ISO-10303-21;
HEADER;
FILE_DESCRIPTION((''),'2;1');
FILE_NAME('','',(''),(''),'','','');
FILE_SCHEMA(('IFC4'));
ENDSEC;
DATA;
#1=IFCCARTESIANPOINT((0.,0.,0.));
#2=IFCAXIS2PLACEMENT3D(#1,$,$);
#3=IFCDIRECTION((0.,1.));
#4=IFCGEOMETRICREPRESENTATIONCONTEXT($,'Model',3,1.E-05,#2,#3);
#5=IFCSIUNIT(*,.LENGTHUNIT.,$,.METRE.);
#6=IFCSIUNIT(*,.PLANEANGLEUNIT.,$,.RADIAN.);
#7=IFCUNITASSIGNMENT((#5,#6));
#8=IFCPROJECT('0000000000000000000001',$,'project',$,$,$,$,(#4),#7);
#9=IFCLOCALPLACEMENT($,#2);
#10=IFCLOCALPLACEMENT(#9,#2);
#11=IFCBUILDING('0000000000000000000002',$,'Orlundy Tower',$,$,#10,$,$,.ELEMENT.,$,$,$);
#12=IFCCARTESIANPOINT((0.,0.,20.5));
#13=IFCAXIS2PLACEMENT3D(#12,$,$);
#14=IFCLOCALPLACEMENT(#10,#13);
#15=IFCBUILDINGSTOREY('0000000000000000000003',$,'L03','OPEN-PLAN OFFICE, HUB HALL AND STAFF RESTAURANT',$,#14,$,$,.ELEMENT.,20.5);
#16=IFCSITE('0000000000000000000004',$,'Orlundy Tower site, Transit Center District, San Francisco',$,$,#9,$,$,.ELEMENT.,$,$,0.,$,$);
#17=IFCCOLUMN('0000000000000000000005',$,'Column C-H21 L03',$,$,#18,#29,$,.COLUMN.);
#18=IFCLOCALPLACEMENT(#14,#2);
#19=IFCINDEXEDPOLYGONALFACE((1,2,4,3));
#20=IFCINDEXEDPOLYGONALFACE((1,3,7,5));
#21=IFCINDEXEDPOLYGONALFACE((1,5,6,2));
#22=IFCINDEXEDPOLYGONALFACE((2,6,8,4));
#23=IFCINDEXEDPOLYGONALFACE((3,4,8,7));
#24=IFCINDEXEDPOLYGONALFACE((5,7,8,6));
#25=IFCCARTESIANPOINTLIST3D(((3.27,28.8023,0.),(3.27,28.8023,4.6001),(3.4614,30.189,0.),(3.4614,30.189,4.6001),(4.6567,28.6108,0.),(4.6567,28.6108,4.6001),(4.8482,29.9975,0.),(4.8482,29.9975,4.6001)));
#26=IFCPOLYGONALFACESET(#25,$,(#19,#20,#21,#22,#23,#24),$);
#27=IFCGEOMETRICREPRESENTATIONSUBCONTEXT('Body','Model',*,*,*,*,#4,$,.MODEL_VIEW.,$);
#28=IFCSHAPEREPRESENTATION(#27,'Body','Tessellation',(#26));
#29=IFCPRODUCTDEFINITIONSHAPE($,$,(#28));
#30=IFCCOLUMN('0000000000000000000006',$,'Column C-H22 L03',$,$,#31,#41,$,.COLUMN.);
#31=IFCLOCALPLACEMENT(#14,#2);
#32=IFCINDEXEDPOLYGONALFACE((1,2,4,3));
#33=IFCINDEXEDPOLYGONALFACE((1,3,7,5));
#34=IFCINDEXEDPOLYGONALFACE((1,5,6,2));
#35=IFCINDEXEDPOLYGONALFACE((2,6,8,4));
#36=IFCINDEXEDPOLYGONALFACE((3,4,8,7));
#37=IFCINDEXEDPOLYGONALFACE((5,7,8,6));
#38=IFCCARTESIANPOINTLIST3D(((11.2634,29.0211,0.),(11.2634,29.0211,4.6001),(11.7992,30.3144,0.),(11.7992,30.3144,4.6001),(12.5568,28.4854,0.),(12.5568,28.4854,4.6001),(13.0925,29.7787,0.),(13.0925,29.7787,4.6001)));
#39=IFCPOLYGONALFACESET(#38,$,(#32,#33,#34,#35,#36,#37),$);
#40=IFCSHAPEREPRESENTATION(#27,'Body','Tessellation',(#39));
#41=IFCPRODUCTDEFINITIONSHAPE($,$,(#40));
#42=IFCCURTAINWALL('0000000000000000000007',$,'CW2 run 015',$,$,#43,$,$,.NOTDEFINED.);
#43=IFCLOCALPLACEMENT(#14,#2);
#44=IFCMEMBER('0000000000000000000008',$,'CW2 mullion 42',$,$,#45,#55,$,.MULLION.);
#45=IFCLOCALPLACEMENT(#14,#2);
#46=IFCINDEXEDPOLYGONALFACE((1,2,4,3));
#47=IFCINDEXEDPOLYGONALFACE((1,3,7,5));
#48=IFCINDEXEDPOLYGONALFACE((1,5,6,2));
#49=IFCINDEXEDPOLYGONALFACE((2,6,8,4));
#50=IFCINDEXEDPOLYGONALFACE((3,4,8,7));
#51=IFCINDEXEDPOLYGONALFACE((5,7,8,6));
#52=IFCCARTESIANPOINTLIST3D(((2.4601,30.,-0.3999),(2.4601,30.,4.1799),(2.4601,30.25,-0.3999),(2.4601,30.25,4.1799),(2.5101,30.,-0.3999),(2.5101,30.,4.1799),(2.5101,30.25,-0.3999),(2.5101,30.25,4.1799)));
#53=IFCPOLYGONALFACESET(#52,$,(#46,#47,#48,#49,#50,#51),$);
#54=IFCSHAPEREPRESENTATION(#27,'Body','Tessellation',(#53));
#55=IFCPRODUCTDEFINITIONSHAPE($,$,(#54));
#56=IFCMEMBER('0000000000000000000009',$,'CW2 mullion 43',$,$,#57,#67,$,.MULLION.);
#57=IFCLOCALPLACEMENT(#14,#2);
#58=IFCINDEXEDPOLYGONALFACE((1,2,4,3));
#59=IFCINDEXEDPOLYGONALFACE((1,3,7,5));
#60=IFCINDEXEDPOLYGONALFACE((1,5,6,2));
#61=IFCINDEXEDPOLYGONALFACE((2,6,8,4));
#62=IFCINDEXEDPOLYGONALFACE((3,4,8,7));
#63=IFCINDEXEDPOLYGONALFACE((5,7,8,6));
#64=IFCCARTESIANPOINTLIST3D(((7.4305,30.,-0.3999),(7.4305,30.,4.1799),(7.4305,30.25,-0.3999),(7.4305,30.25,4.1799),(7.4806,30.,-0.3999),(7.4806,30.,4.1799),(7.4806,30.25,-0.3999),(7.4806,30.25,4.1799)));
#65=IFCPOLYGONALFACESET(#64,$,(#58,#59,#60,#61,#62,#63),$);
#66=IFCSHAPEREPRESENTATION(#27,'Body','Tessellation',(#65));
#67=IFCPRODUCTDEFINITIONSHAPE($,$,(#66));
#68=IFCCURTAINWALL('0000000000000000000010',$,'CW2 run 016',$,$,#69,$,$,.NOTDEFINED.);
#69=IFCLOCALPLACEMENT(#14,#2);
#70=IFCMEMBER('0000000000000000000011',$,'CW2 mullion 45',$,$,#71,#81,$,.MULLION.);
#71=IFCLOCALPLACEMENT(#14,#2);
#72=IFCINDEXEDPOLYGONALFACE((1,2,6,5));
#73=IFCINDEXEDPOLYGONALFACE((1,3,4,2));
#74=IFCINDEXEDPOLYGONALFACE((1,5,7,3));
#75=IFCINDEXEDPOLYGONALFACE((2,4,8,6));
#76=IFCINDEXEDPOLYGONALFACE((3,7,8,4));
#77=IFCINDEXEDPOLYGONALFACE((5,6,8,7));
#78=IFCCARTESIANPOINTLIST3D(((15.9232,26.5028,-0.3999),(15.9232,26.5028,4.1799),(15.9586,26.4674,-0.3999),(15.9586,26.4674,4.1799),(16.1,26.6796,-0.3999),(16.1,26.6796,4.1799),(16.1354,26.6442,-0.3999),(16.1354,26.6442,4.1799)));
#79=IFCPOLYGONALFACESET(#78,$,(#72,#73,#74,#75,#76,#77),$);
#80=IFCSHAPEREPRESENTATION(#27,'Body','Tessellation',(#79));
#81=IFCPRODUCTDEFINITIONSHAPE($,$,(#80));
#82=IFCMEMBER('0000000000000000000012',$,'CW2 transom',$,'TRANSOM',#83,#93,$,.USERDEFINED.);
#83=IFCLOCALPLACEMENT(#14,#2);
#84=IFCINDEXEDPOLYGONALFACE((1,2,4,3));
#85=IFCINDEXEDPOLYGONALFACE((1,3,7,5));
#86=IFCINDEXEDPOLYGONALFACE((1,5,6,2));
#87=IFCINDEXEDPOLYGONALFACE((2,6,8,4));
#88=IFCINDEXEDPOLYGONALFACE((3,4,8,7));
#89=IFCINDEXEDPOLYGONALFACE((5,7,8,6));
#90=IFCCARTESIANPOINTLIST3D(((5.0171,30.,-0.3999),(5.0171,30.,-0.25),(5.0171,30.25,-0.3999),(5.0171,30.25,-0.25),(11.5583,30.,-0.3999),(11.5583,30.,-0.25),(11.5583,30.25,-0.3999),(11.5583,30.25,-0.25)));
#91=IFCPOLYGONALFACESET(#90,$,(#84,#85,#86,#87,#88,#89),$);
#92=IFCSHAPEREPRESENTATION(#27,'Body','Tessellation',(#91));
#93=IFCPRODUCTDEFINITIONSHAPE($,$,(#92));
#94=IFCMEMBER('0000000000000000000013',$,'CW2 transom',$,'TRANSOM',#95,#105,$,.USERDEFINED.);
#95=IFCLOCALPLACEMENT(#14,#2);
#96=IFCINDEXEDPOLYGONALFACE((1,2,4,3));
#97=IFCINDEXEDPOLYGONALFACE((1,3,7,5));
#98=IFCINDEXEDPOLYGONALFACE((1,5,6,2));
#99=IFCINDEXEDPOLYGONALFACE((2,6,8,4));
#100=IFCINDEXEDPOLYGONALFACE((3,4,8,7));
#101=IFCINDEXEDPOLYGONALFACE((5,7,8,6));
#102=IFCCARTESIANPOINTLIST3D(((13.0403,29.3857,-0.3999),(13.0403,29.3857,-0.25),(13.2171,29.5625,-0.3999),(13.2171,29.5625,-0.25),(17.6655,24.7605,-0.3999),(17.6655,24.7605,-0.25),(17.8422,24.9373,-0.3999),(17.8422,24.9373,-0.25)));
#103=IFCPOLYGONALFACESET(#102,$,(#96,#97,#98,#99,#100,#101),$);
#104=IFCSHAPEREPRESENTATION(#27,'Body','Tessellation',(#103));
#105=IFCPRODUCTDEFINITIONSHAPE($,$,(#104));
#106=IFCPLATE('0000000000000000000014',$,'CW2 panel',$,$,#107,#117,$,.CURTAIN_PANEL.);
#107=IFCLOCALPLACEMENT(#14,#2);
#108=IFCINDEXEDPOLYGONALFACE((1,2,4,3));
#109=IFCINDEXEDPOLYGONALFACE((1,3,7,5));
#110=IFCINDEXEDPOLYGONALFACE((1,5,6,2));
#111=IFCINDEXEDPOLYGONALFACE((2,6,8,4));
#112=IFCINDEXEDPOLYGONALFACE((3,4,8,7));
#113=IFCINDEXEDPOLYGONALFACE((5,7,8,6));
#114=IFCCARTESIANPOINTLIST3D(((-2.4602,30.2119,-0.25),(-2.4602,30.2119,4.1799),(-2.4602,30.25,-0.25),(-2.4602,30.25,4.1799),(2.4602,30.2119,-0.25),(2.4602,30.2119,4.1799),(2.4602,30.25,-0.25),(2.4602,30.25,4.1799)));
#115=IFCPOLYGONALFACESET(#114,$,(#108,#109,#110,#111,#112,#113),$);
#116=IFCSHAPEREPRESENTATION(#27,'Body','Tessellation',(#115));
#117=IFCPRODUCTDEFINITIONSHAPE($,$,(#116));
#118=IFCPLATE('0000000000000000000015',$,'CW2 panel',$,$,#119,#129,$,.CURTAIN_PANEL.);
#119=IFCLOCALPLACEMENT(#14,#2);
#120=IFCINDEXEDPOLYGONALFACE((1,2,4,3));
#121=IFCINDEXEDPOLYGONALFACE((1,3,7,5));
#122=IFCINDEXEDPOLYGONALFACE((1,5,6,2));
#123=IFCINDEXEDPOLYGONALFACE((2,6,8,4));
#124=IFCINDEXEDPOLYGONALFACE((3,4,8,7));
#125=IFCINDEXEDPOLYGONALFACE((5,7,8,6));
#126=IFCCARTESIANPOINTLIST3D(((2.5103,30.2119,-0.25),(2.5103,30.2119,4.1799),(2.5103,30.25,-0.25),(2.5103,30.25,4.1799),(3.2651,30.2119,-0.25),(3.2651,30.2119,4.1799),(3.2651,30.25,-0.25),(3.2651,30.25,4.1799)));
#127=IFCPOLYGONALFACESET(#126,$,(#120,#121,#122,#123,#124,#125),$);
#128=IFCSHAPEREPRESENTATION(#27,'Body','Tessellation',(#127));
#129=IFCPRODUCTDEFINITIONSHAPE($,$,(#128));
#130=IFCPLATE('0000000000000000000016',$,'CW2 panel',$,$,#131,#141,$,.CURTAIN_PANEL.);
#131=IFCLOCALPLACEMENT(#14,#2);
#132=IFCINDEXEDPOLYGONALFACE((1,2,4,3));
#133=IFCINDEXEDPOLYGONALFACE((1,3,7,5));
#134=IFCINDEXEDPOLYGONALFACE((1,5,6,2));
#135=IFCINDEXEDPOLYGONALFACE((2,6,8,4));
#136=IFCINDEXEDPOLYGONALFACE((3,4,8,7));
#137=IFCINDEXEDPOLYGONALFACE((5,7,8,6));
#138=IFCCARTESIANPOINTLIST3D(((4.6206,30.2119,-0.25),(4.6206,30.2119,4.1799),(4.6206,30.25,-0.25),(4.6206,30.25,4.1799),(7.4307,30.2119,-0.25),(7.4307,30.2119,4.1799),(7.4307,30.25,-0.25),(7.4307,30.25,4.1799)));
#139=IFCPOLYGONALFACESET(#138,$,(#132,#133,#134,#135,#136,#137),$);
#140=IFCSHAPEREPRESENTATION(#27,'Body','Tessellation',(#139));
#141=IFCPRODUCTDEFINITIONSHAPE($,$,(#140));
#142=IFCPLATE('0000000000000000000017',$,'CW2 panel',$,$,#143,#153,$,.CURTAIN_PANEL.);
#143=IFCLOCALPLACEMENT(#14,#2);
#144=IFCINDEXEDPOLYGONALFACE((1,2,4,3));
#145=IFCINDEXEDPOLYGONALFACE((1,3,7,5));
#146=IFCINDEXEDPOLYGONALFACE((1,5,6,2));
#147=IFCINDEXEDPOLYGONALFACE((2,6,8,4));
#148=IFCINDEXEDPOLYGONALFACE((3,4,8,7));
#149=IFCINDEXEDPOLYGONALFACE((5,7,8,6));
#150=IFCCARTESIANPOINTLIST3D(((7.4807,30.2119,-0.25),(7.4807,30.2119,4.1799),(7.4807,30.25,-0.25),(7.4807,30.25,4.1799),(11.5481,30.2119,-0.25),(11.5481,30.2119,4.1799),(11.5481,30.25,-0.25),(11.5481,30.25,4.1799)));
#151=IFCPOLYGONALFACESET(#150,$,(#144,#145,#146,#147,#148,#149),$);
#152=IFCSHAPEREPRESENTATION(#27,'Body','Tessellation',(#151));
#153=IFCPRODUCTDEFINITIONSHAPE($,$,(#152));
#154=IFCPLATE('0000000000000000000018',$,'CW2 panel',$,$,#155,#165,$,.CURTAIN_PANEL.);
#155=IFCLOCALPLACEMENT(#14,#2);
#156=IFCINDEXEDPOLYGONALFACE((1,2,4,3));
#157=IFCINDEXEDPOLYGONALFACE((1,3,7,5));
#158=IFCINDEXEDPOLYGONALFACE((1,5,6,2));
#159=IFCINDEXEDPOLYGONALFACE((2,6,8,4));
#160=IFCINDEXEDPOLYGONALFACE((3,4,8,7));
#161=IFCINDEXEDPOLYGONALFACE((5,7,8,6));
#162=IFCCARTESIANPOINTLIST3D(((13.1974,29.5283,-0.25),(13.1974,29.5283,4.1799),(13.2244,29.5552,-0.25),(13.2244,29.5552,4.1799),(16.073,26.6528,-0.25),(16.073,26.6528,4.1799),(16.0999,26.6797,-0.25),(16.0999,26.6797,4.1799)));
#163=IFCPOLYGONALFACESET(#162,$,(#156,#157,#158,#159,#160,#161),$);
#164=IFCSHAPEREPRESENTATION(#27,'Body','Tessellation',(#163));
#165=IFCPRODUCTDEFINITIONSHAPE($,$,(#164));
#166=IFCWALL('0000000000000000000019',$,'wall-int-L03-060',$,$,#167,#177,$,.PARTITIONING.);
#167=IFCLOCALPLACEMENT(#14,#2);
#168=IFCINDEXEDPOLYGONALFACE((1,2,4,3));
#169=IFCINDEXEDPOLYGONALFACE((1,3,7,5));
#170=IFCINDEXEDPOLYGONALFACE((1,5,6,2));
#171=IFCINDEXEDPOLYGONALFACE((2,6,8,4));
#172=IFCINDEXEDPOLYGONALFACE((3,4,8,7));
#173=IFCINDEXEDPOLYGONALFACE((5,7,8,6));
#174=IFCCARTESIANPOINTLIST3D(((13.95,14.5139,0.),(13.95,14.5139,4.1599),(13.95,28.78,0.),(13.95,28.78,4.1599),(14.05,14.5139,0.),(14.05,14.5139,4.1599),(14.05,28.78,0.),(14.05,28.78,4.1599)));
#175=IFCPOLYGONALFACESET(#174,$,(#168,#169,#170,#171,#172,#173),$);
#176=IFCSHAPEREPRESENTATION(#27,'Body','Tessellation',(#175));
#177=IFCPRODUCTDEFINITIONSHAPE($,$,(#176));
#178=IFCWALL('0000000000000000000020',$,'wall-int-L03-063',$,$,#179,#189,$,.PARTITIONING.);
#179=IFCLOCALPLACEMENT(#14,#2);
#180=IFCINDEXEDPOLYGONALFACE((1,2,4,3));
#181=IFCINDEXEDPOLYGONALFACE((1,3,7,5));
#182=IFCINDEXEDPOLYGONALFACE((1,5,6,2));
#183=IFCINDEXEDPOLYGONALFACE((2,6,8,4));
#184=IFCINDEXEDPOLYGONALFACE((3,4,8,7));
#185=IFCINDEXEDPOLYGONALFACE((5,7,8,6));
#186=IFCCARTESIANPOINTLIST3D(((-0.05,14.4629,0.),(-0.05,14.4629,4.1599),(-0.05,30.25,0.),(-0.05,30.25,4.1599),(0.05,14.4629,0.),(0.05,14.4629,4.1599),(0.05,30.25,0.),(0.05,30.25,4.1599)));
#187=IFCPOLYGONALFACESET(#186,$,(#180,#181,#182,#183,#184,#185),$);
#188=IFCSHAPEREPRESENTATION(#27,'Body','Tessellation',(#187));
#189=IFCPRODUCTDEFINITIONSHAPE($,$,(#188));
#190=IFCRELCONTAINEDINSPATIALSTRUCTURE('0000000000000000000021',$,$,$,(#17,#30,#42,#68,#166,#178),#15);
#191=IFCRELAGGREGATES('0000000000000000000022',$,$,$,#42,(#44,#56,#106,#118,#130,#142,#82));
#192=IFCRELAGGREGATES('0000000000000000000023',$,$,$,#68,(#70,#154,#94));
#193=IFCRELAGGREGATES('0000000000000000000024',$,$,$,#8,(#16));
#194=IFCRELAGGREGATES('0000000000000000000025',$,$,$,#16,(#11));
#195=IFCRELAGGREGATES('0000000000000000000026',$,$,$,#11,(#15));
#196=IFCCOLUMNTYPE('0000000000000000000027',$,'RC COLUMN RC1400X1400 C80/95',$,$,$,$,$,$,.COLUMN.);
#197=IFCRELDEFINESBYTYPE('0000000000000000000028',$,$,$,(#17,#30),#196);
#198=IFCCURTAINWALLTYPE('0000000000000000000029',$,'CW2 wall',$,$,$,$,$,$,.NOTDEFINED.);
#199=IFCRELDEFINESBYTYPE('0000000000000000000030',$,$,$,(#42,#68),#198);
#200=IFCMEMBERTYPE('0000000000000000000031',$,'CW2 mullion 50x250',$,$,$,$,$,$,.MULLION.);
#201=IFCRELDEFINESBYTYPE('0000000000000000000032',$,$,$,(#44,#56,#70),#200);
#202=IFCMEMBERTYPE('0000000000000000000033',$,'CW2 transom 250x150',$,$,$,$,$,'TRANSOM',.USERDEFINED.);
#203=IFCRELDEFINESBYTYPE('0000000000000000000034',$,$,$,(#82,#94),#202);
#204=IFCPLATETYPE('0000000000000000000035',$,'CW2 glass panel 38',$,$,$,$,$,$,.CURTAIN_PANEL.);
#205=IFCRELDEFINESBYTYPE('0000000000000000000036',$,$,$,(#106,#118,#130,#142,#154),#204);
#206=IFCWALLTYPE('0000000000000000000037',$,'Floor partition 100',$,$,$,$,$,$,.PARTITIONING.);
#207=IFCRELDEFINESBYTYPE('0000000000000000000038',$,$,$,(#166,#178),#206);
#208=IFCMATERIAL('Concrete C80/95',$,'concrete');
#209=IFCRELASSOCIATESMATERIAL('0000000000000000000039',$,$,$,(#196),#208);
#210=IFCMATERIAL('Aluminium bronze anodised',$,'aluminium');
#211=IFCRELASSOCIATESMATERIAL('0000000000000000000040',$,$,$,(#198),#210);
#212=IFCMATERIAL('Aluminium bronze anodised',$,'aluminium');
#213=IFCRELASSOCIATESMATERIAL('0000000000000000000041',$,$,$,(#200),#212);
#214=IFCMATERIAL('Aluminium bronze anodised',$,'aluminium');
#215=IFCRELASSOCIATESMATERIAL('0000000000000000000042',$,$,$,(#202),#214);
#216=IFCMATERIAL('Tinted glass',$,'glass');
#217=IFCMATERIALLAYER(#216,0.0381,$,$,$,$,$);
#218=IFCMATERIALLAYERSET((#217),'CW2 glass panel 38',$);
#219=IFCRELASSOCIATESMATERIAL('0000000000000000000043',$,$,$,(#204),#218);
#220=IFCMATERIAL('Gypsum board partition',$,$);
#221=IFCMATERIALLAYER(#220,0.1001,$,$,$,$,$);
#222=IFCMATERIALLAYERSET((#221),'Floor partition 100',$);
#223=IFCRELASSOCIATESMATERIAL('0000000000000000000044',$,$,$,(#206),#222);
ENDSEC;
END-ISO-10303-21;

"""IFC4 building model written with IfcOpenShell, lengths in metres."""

from ifc_helpers import new_model, si_unit, direction, frame, frame_2d, origin, origin_2d, place, context, subcontext, project, spatial, rectangle, extrude, material, layer, layer_set, material_profile, profile_set, type_object, element, aggregate, save


model = new_model("IFC4")

# Units and contexts
model_context = context("Model", 3, precision=1e-05, world=origin(), true_north=direction((0.0, 1.0)))
body_context = subcontext(model_context, "Body", "Model", "MODEL_VIEW")
ifc_project = project(units=[si_unit("LENGTHUNIT", "METRE"), si_unit("PLANEANGLEUNIT", "RADIAN")], contexts=[model_context])

# Site, building, storey
site_placement = place(None, origin())
site = spatial("IfcSite", under=ifc_project, at=site_placement, Name="Orlundy Tower site, Transit Center District, San Francisco", CompositionType="ELEMENT", RefElevation=0.0)
building_placement = place(site_placement, origin())
building = spatial("IfcBuilding", under=site, at=building_placement, Name="Orlundy Tower", CompositionType="ELEMENT")
storey_placement = place(building_placement, frame((0.0, 0.0, 20.5)))
storey = spatial("IfcBuildingStorey", under=building, at=storey_placement, Name="L03", Description="OPEN-PLAN OFFICE, HUB HALL AND STAFF RESTAURANT", CompositionType="ELEMENT", Elevation=20.5)

# Columns
ifc_material_1 = material(Name="Concrete C80/95", Category="concrete")
ifc_material_profile_1 = material_profile(ifc_material_1, rectangle(XDim=1.3999, YDim=1.3999, at=origin_2d()), Name="RC1400X1400")
ifc_profile_set_1 = profile_set([ifc_material_profile_1], Name="Concrete C80/95")
column_type = type_object("IfcColumnType", Name="RC COLUMN RC1400X1400 C80/95", PredefinedType="COLUMN", material=ifc_profile_set_1)
for number, where, z_axis, x_axis, name in (
    (1, (4.0591, 29.3999, 0.0), (0.0, 0.0, 1.0), (0.13677, 0.990603, 0.0), "Column C-H21 L03"),
    (2, (12.178, 29.3999, 0.0), (0.0, 0.0, 1.0), (0.382683, 0.92388, 0.0), "Column C-H22 L03"),
):
    element("IfcColumn", number, at=place(storey_placement, frame(where, z_axis=z_axis, x_axis=x_axis)), inside=storey, type_object=column_type, Name=name, PredefinedType="COLUMN", context=body_context, shape_type="SweptSolid", body=[
        extrude(rectangle(XDim=1.3999, YDim=1.3999, at=origin_2d()), origin(), (0.0, 0.0, 1.0), 4.6001),
    ])

# Curtain wall, members
ifc_material_2 = material(Name="Aluminium bronze anodised", Category="aluminium")
curtain_wall_type = type_object("IfcCurtainWallType", Name="CW2 wall", PredefinedType="NOTDEFINED", material=ifc_material_2)
curtain_wall_1_placement = place(storey_placement, origin())
curtain_wall_1 = element("IfcCurtainWall", 3, at=curtain_wall_1_placement, inside=storey, type_object=curtain_wall_type, Name="CW2 run 015", PredefinedType="NOTDEFINED")
ifc_material_3 = material(Name="Aluminium bronze anodised", Category="aluminium")
ifc_material_profile_2 = material_profile(ifc_material_3, rectangle(XDim=0.25, YDim=0.05, at=origin_2d()), Name="CW2 mullion 50x250")
ifc_profile_set_2 = profile_set([ifc_material_profile_2], Name="Aluminium bronze anodised")
member_type_1 = type_object("IfcMemberType", Name="CW2 mullion 50x250", PredefinedType="MULLION", material=ifc_profile_set_2)
member_1_placement = place(storey_placement, frame((2.4851, 30.125, -0.3999), z_axis=(0.0, 0.0, 1.0), x_axis=(0.0, 1.0, 0.0)))
member_1 = element("IfcMember", 4, at=member_1_placement, type_object=member_type_1, Name="CW2 mullion 42", PredefinedType="MULLION", context=body_context, shape_type="SweptSolid", body=[
    extrude(rectangle(XDim=0.25, YDim=0.05, at=origin_2d()), origin(), (0.0, 0.0, 1.0), 4.5798),
])
member_2_placement = place(storey_placement, frame((7.4556, 30.125, -0.3999), z_axis=(0.0, 0.0, 1.0), x_axis=(0.0, 1.0, 0.0)))
member_2 = element("IfcMember", 5, at=member_2_placement, type_object=member_type_1, Name="CW2 mullion 43", PredefinedType="MULLION", context=body_context, shape_type="SweptSolid", body=[
    extrude(rectangle(XDim=0.25, YDim=0.05, at=origin_2d()), origin(), (0.0, 0.0, 1.0), 4.5798),
])

# Curtain wall, member
curtain_wall_2_placement = place(storey_placement, origin())
curtain_wall_2 = element("IfcCurtainWall", 6, at=curtain_wall_2_placement, inside=storey, type_object=curtain_wall_type, Name="CW2 run 016", PredefinedType="NOTDEFINED")
member_3_placement = place(storey_placement, frame((16.0293, 26.5735, -0.3999), z_axis=(0.0, 0.0, 1.0), x_axis=(0.707107, 0.707107, 0.0)))
member_3 = element("IfcMember", 7, at=member_3_placement, type_object=member_type_1, Name="CW2 mullion 45", PredefinedType="MULLION", context=body_context, shape_type="SweptSolid", body=[
    extrude(rectangle(XDim=0.25, YDim=0.05, at=origin_2d()), origin(), (0.0, 0.0, 1.0), 4.5798),
])

# Members
ifc_material_4 = material(Name="Aluminium bronze anodised", Category="aluminium")
ifc_material_profile_3 = material_profile(ifc_material_4, rectangle(XDim=0.25, YDim=0.1499, at=origin_2d()), Name="CW2 transom 250x150")
ifc_profile_set_3 = profile_set([ifc_material_profile_3], Name="Aluminium bronze anodised")
member_type_2 = type_object("IfcMemberType", Name="CW2 transom 250x150", ElementType="TRANSOM", PredefinedType="USERDEFINED", material=ifc_profile_set_3)
member_4_placement = place(storey_placement, frame((5.0171, 30.125, -0.325), z_axis=(1.0, 0.0, 0.0), x_axis=(0.0, 1.0, 0.0)))
member_4 = element("IfcMember", 8, at=member_4_placement, type_object=member_type_2, Name="CW2 transom", ObjectType="TRANSOM", PredefinedType="USERDEFINED", context=body_context, shape_type="SweptSolid", body=[
    extrude(rectangle(XDim=0.25, YDim=0.1499, at=origin_2d()), origin(), (0.0, 0.0, 1.0), 6.5413),
])
member_5_placement = place(storey_placement, frame((13.1287, 29.4741, -0.325), z_axis=(0.707107, -0.707107, 0.0), x_axis=(0.707107, 0.707107, 0.0)))
member_5 = element("IfcMember", 9, at=member_5_placement, type_object=member_type_2, Name="CW2 transom", ObjectType="TRANSOM", PredefinedType="USERDEFINED", context=body_context, shape_type="SweptSolid", body=[
    extrude(rectangle(XDim=0.25, YDim=0.1499, at=origin_2d()), origin(), (0.0, 0.0, 1.0), 6.541),
])

# Plates
ifc_material_5 = material(Name="Tinted glass", Category="glass")
ifc_layer_1 = layer(ifc_material_5, 0.0381)
ifc_layer_set_1 = layer_set([ifc_layer_1], Name="CW2 glass panel 38")
plate_type = type_object("IfcPlateType", Name="CW2 glass panel 38", PredefinedType="CURTAIN_PANEL", material=ifc_layer_set_1)
plate_1_placement = place(storey_placement, frame((0.0, 30.231, -0.25), z_axis=(0.0, 0.0, 1.0), x_axis=(1.0, 0.0, 0.0)))
plate_1 = element("IfcPlate", 10, at=plate_1_placement, type_object=plate_type, Name="CW2 panel", PredefinedType="CURTAIN_PANEL", context=body_context, shape_type="SweptSolid", body=[
    extrude(rectangle(XDim=4.9204, YDim=0.0381, at=origin_2d()), origin(), (0.0, 0.0, 1.0), 4.4299),
])
plate_2_placement = place(storey_placement, frame((2.8877, 30.231, -0.25), z_axis=(0.0, 0.0, 1.0), x_axis=(1.0, 0.0, 0.0)))
plate_2 = element("IfcPlate", 11, at=plate_2_placement, type_object=plate_type, Name="CW2 panel", PredefinedType="CURTAIN_PANEL", context=body_context, shape_type="SweptSolid", body=[
    extrude(rectangle(XDim=0.7549, YDim=0.0381, at=origin_2d()), origin(), (0.0, 0.0, 1.0), 4.4299),
])
plate_3_placement = place(storey_placement, frame((6.0256, 30.231, -0.25), z_axis=(0.0, 0.0, 1.0), x_axis=(1.0, 0.0, 0.0)))
plate_3 = element("IfcPlate", 12, at=plate_3_placement, type_object=plate_type, Name="CW2 panel", PredefinedType="CURTAIN_PANEL", context=body_context, shape_type="SweptSolid", body=[
    extrude(rectangle(XDim=2.8101, YDim=0.0381, at=origin_2d()), origin(), (0.0, 0.0, 1.0), 4.4299),
])
plate_4_placement = place(storey_placement, frame((9.5144, 30.231, -0.25), z_axis=(0.0, 0.0, 1.0), x_axis=(1.0, 0.0, 0.0)))
plate_4 = element("IfcPlate", 13, at=plate_4_placement, type_object=plate_type, Name="CW2 panel", PredefinedType="CURTAIN_PANEL", context=body_context, shape_type="SweptSolid", body=[
    extrude(rectangle(XDim=4.0674, YDim=0.0381, at=origin_2d()), origin(), (0.0, 0.0, 1.0), 4.4299),
])
aggregate(curtain_wall_1, [member_1, member_2, plate_1, plate_2, plate_3, plate_4, member_4])
plate_5_placement = place(storey_placement, frame((14.6487, 28.104, -0.25), z_axis=(0.0, 0.0, 1.0), x_axis=(0.707107, -0.707107, 0.0)))
plate_5 = element("IfcPlate", 14, at=plate_5_placement, type_object=plate_type, Name="CW2 panel", PredefinedType="CURTAIN_PANEL", context=body_context, shape_type="SweptSolid", body=[
    extrude(rectangle(XDim=4.0667, YDim=0.0381, at=origin_2d()), origin(), (0.0, 0.0, 1.0), 4.4299),
])
aggregate(curtain_wall_2, [member_3, plate_5, member_5])

# Walls
ifc_material_6 = material(Name="Gypsum board partition")
ifc_layer_2 = layer(ifc_material_6, 0.1001)
ifc_layer_set_2 = layer_set([ifc_layer_2], Name="Floor partition 100")
wall_type_1 = type_object("IfcWallType", Name="Floor partition 100", PredefinedType="PARTITIONING", material=ifc_layer_set_2)
wall_1_placement = place(storey_placement, frame((14.0, 14.5139, 0.0), z_axis=(0.0, 0.0, 1.0), x_axis=(0.0, 1.0, 0.0)))
element("IfcWall", 15, at=wall_1_placement, inside=storey, type_object=wall_type_1, Name="wall-int-L03-060", PredefinedType="PARTITIONING", context=body_context, shape_type="SweptSolid", body=[
    extrude(rectangle(XDim=14.2661, YDim=0.1001, at=frame_2d((7.1331, 0.0))), origin(), (0.0, 0.0, 1.0), 4.1599),
])
wall_2_placement = place(storey_placement, frame((0.0, 14.4629, 0.0), z_axis=(0.0, 0.0, 1.0), x_axis=(0.0, 1.0, 0.0)))
element("IfcWall", 16, at=wall_2_placement, inside=storey, type_object=wall_type_1, Name="wall-int-L03-063", PredefinedType="PARTITIONING", context=body_context, shape_type="SweptSolid", body=[
    extrude(rectangle(XDim=15.7871, YDim=0.1001, at=frame_2d((7.8936, 0.0))), origin(), (0.0, 0.0, 1.0), 4.1599),
])

save(model, "model.ifc")
